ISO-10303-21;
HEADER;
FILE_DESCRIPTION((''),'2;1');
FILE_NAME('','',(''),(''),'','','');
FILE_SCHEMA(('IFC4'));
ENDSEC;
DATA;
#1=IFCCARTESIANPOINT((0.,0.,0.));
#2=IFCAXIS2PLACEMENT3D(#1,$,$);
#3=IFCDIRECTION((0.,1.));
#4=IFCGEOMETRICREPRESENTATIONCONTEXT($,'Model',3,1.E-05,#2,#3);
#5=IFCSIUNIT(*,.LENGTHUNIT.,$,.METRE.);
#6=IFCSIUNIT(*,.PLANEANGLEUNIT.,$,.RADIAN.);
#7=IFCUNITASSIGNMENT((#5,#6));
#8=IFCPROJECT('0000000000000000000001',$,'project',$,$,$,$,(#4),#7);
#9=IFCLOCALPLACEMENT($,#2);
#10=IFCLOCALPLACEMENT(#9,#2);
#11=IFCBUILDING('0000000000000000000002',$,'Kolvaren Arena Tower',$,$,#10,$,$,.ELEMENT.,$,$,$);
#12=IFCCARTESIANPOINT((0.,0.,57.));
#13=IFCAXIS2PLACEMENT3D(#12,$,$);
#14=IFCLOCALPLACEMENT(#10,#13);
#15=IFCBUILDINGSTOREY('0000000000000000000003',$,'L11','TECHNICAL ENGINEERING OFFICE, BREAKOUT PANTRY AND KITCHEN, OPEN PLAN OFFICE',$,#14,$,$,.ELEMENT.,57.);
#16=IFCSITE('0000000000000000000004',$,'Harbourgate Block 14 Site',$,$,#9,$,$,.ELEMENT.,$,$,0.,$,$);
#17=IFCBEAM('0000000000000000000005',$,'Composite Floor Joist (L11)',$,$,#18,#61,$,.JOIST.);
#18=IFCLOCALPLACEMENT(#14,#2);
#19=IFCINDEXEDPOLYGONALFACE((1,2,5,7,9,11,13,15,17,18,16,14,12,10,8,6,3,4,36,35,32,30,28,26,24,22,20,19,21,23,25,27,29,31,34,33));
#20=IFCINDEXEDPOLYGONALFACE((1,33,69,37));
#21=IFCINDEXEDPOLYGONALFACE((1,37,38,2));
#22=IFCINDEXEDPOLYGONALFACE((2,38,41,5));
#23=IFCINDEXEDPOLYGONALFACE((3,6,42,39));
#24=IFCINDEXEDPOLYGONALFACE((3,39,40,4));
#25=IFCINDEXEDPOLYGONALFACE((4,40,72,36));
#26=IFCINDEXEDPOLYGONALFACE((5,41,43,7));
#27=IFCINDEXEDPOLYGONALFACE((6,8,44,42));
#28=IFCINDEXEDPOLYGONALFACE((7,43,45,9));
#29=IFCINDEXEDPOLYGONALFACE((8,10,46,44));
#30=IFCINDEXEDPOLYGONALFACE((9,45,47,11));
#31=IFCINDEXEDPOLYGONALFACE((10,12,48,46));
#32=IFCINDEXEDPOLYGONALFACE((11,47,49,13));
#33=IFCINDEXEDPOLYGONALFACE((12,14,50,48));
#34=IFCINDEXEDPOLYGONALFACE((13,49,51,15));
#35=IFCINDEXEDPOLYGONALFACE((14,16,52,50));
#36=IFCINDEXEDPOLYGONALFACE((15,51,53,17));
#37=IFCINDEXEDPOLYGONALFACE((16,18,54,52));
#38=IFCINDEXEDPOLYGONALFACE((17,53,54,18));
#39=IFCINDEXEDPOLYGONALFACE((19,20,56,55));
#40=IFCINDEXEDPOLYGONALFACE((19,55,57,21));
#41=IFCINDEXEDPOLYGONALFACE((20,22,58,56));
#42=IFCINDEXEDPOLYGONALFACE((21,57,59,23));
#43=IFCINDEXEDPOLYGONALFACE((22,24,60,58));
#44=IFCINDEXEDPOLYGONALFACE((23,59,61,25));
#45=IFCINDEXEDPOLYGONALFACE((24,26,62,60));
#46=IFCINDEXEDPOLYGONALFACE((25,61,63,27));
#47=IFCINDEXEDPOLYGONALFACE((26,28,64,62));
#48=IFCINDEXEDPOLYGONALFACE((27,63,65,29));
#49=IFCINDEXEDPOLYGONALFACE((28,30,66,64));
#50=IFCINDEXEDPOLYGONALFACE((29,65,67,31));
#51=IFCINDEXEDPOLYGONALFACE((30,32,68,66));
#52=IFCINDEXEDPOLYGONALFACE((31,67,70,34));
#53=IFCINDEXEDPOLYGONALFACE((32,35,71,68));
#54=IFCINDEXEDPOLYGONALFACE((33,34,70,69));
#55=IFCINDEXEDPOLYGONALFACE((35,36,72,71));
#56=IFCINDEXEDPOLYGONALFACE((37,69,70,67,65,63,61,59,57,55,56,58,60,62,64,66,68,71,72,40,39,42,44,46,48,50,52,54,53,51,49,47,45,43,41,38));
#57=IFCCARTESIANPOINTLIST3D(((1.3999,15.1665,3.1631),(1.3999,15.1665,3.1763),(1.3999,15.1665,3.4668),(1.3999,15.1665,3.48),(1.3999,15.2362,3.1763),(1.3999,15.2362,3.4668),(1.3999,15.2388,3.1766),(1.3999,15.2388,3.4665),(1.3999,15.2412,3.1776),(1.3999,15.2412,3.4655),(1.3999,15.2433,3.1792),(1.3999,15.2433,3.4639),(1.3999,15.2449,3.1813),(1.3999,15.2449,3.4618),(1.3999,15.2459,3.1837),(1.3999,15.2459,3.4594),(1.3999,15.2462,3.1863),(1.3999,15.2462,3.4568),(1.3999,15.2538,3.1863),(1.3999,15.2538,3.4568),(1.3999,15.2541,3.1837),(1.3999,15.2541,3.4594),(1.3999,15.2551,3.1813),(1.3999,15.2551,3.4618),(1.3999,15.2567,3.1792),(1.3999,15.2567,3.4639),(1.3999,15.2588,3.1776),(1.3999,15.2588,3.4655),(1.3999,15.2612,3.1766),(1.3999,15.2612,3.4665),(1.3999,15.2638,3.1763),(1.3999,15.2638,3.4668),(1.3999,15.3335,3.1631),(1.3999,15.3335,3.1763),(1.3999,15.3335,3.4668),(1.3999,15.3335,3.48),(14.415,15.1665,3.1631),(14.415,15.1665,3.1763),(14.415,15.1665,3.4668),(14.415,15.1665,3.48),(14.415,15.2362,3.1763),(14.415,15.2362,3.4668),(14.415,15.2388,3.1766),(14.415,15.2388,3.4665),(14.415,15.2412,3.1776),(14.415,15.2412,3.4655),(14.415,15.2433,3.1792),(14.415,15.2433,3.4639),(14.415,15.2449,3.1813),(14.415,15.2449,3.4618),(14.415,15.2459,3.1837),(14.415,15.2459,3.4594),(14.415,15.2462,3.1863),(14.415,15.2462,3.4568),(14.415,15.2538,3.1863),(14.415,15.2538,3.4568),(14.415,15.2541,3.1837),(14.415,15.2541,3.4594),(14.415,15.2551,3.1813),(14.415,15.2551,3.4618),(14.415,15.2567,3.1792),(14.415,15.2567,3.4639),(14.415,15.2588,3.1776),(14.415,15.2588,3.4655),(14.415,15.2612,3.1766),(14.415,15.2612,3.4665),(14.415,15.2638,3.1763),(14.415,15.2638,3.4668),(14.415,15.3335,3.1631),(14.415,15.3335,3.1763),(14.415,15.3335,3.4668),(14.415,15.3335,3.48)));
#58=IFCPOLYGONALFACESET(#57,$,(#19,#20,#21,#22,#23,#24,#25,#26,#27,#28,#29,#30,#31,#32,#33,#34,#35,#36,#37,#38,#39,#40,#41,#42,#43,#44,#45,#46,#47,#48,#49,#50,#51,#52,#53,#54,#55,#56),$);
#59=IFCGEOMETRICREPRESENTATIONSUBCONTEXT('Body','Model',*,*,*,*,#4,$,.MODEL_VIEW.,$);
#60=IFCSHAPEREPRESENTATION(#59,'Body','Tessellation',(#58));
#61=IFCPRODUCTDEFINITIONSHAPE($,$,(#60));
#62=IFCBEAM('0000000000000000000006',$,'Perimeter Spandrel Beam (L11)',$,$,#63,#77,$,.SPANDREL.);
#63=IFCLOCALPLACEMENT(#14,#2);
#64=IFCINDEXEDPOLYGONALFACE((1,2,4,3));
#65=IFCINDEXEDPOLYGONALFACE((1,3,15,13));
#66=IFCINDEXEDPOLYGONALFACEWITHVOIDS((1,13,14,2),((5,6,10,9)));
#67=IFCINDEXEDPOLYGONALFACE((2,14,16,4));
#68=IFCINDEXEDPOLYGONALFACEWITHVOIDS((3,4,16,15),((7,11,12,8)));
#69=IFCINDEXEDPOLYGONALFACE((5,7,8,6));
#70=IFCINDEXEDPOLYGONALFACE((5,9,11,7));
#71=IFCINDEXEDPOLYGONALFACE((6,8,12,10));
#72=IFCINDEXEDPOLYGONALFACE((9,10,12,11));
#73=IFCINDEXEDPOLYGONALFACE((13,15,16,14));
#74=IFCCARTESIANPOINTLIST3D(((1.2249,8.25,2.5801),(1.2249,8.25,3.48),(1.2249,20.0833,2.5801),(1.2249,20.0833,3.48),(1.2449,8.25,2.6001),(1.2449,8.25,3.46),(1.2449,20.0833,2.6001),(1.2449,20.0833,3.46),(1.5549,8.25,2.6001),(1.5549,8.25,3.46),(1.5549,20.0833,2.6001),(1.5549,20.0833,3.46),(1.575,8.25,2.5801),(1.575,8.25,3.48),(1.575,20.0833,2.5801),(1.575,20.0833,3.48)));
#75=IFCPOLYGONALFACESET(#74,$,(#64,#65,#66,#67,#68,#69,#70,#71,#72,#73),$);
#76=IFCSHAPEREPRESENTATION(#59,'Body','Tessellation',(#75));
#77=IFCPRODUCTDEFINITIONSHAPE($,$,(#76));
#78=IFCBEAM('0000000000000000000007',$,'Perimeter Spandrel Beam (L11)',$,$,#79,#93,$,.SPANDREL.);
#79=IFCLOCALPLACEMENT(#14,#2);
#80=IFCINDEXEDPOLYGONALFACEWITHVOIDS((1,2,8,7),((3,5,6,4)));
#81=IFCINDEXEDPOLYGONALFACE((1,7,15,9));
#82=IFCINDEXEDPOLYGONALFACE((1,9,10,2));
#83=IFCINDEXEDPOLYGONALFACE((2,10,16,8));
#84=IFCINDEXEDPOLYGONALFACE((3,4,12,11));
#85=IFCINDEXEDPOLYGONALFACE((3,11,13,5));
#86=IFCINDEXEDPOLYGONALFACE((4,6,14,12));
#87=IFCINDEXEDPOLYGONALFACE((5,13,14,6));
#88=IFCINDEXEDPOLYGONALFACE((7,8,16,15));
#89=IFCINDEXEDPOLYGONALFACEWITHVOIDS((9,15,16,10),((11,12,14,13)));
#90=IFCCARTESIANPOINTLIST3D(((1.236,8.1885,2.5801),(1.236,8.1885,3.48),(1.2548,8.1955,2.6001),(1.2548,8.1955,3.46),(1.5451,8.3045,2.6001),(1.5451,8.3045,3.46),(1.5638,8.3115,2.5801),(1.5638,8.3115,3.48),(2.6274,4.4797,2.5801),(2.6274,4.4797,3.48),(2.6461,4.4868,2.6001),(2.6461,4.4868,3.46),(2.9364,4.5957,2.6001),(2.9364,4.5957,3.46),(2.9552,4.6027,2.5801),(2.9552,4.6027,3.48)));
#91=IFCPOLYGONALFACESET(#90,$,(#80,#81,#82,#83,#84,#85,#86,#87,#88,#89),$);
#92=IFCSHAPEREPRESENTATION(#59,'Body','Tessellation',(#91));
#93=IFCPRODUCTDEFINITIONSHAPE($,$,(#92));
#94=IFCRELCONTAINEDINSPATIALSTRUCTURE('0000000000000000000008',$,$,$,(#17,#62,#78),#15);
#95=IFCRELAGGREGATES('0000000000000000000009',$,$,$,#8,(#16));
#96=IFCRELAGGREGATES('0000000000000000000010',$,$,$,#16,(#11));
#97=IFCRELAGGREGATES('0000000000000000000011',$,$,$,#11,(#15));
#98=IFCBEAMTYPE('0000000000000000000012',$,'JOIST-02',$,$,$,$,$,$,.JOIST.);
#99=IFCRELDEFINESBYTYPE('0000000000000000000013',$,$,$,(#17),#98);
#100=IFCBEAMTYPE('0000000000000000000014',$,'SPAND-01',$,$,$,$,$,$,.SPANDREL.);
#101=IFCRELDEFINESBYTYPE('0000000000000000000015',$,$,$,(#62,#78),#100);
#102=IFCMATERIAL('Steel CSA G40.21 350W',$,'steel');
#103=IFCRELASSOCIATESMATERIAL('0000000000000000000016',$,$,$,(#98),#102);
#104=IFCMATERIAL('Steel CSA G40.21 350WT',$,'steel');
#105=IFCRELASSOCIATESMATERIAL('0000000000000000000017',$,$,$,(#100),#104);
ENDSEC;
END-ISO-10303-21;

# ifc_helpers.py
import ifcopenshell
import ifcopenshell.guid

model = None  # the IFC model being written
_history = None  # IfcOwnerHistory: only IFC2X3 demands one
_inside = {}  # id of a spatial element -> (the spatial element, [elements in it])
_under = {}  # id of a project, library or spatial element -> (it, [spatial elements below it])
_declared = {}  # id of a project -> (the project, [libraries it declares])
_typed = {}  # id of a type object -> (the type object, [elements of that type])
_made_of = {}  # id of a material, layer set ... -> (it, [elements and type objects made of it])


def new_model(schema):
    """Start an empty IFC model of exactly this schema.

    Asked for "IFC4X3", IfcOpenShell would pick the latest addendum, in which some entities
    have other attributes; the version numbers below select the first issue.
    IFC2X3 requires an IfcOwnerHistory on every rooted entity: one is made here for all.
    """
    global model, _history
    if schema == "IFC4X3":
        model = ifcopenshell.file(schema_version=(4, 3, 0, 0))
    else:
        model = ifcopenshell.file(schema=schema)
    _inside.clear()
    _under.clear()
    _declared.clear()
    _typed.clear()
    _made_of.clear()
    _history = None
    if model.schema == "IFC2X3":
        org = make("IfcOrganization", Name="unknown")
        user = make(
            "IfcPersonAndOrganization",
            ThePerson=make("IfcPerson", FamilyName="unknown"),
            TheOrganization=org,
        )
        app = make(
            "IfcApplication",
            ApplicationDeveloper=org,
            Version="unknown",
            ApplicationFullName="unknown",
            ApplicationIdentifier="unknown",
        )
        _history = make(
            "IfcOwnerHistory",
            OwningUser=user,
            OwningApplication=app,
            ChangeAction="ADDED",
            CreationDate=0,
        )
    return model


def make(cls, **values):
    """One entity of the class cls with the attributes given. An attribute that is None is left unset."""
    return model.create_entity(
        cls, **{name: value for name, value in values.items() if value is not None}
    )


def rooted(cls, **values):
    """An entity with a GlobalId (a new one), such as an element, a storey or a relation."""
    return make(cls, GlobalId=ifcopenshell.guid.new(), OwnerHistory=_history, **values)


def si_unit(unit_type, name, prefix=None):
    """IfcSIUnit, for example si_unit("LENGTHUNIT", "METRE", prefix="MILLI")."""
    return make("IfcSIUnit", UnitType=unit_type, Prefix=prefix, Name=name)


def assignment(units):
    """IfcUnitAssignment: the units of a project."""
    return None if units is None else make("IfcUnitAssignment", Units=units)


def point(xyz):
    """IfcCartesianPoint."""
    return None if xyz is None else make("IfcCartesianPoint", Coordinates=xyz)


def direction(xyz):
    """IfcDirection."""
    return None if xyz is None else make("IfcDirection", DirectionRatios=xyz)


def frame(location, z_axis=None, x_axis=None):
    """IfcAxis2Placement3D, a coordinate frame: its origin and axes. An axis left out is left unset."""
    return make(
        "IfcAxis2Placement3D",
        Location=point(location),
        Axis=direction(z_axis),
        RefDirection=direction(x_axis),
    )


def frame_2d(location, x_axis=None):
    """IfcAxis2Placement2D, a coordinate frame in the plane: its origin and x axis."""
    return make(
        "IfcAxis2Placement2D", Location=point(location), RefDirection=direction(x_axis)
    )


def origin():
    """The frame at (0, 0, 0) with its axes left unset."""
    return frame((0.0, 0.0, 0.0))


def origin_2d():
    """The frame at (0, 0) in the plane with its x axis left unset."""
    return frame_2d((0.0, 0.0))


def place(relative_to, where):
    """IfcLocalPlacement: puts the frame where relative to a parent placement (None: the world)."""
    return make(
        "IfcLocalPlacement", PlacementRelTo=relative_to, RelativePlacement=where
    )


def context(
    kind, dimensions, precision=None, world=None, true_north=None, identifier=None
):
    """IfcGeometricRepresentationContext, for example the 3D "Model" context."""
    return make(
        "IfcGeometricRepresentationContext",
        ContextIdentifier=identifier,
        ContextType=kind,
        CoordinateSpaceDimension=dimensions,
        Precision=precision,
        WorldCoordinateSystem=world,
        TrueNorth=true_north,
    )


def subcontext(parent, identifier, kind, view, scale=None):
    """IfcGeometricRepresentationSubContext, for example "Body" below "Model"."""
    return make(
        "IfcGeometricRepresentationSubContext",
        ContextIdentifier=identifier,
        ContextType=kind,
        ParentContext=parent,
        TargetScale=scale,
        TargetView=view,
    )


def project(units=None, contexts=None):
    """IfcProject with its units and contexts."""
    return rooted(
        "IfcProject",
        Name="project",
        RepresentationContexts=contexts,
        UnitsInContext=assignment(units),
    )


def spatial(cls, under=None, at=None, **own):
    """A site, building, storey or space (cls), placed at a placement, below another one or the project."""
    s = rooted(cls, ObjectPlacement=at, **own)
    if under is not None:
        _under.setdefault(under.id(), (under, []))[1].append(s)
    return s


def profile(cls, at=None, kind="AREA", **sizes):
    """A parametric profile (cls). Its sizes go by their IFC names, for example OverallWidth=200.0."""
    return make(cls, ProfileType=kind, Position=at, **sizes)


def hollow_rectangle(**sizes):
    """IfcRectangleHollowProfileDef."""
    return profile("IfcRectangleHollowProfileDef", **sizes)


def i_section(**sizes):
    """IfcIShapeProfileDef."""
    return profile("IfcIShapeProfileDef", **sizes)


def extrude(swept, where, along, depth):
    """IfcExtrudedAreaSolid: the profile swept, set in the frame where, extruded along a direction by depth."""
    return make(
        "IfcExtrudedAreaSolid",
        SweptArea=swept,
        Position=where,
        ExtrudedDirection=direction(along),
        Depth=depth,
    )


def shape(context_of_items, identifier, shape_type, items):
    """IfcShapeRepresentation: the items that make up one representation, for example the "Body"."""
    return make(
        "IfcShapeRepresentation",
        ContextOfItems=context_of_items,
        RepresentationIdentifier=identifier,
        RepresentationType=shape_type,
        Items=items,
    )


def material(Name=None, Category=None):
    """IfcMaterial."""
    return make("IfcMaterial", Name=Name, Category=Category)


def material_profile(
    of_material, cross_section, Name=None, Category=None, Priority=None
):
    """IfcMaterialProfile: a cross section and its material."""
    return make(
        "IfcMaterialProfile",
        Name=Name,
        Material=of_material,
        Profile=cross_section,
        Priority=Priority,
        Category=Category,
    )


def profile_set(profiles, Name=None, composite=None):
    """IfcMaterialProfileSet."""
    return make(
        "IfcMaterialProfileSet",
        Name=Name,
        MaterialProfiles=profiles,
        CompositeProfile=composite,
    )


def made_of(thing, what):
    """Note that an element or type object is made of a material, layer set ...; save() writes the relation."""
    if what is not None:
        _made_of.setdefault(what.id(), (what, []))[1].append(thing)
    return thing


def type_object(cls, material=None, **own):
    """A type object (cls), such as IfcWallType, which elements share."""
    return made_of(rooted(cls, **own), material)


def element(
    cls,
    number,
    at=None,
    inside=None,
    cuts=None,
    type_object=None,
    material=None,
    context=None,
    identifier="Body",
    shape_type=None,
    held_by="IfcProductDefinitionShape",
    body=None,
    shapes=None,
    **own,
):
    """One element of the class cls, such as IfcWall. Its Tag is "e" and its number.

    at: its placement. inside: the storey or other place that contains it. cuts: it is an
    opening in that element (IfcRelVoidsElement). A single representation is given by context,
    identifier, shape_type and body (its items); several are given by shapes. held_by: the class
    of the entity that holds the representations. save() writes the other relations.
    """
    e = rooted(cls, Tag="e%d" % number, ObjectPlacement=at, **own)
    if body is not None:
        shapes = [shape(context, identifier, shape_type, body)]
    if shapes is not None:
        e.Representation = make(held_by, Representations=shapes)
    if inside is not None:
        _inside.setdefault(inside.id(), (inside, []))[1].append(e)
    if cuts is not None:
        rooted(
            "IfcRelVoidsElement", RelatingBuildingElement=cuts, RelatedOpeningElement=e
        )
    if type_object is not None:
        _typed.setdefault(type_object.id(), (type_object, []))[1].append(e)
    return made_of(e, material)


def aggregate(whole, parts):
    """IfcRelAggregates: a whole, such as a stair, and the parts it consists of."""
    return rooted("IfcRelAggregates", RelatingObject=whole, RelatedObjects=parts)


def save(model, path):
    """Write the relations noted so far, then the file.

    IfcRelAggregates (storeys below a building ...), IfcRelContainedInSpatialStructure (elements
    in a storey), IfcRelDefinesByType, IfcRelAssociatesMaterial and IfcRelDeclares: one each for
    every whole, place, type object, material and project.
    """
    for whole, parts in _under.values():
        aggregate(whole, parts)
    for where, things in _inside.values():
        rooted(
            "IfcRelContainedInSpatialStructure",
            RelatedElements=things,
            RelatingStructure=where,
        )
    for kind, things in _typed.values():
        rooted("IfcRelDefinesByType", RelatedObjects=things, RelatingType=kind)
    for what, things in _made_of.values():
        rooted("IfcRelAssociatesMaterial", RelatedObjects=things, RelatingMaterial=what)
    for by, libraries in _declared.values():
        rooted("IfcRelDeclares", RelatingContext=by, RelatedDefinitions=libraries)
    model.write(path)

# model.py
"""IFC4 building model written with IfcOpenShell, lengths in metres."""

from ifc_helpers import new_model, si_unit, direction, frame, origin, origin_2d, place, context, subcontext, project, spatial, hollow_rectangle, i_section, extrude, material, material_profile, profile_set, type_object, element, save


model = new_model("IFC4")

# Units and contexts
model_context = context("Model", 3, precision=1e-05, world=origin(), true_north=direction((0.0, 1.0)))
body_context = subcontext(model_context, "Body", "Model", "MODEL_VIEW")
ifc_project = project(units=[si_unit("LENGTHUNIT", "METRE"), si_unit("PLANEANGLEUNIT", "RADIAN")], contexts=[model_context])

# Site, building, storey
site_placement = place(None, origin())
site = spatial("IfcSite", under=ifc_project, at=site_placement, Name="Harbourgate Block 14 Site", CompositionType="ELEMENT", RefElevation=0.0)
building_placement = place(site_placement, origin())
building = spatial("IfcBuilding", under=site, at=building_placement, Name="Kolvaren Arena Tower", CompositionType="ELEMENT")
storey_placement = place(building_placement, frame((0.0, 0.0, 57.0)))
storey = spatial("IfcBuildingStorey", under=building, at=storey_placement, Name="L11", Description="TECHNICAL ENGINEERING OFFICE, BREAKOUT PANTRY AND KITCHEN, OPEN PLAN OFFICE", CompositionType="ELEMENT", Elevation=57.0)

# Beams
ifc_material_1 = material(Name="Steel CSA G40.21 350W", Category="steel")
ifc_material_profile_1 = material_profile(ifc_material_1, i_section(OverallWidth=0.167, OverallDepth=0.3169, WebThickness=0.0076, FlangeThickness=0.0132, FilletRadius=0.01, at=origin_2d()), Name="W310x52")
ifc_profile_set_1 = profile_set([ifc_material_profile_1], Name="Steel CSA G40.21 350W")
beam_type_1 = type_object("IfcBeamType", Name="JOIST-02", PredefinedType="JOIST", material=ifc_profile_set_1)
for number, where, z_axis, x_axis, name in (
    (1, (1.3999, 15.25, 3.3215), (1.0, 0.0, 0.0), (0.0, 1.0, 0.0), "Composite Floor Joist (L11)"),
):
    element("IfcBeam", number, at=place(storey_placement, frame(where, z_axis=z_axis, x_axis=x_axis)), inside=storey, type_object=beam_type_1, Name=name, PredefinedType="JOIST", context=body_context, shape_type="SweptSolid", body=[
        extrude(i_section(OverallWidth=0.167, OverallDepth=0.3169, WebThickness=0.0076, FlangeThickness=0.0132, FilletRadius=0.01, at=origin_2d()), origin(), (0.0, 0.0, 1.0), 13.0151),
    ])
ifc_material_2 = material(Name="Steel CSA G40.21 350WT", Category="steel")
ifc_material_profile_2 = material_profile(ifc_material_2, hollow_rectangle(XDim=0.3501, YDim=0.8999, WallThickness=0.02, at=origin_2d()), Name="HSS 900x350x20")
ifc_profile_set_2 = profile_set([ifc_material_profile_2], Name="Steel CSA G40.21 350WT")
beam_type_2 = type_object("IfcBeamType", Name="SPAND-01", PredefinedType="SPANDREL", material=ifc_profile_set_2)
beam_1_placement = place(storey_placement, frame((1.3999, 20.0833, 3.03), z_axis=(0.0, -1.0, 0.0), x_axis=(1.0, 0.0, 0.0)))
element("IfcBeam", 2, at=beam_1_placement, inside=storey, type_object=beam_type_2, Name="Perimeter Spandrel Beam (L11)", PredefinedType="SPANDREL", context=body_context, shape_type="SweptSolid", body=[
    extrude(hollow_rectangle(XDim=0.3501, YDim=0.8999, WallThickness=0.02, at=origin_2d()), origin(), (0.0, 0.0, 1.0), 11.8333),
])
beam_2_placement = place(storey_placement, frame((1.3999, 8.25, 3.03), z_axis=(0.351252, -0.936281, 0.0), x_axis=(0.936281, 0.351252, 0.0)))
element("IfcBeam", 3, at=beam_2_placement, inside=storey, type_object=beam_type_2, Name="Perimeter Spandrel Beam (L11)", PredefinedType="SPANDREL", context=body_context, shape_type="SweptSolid", body=[
    extrude(hollow_rectangle(XDim=0.3501, YDim=0.8999, WallThickness=0.02, at=origin_2d()), origin(), (0.0, 0.0, 1.0), 3.9612),
])

save(model, "model.ifc")
